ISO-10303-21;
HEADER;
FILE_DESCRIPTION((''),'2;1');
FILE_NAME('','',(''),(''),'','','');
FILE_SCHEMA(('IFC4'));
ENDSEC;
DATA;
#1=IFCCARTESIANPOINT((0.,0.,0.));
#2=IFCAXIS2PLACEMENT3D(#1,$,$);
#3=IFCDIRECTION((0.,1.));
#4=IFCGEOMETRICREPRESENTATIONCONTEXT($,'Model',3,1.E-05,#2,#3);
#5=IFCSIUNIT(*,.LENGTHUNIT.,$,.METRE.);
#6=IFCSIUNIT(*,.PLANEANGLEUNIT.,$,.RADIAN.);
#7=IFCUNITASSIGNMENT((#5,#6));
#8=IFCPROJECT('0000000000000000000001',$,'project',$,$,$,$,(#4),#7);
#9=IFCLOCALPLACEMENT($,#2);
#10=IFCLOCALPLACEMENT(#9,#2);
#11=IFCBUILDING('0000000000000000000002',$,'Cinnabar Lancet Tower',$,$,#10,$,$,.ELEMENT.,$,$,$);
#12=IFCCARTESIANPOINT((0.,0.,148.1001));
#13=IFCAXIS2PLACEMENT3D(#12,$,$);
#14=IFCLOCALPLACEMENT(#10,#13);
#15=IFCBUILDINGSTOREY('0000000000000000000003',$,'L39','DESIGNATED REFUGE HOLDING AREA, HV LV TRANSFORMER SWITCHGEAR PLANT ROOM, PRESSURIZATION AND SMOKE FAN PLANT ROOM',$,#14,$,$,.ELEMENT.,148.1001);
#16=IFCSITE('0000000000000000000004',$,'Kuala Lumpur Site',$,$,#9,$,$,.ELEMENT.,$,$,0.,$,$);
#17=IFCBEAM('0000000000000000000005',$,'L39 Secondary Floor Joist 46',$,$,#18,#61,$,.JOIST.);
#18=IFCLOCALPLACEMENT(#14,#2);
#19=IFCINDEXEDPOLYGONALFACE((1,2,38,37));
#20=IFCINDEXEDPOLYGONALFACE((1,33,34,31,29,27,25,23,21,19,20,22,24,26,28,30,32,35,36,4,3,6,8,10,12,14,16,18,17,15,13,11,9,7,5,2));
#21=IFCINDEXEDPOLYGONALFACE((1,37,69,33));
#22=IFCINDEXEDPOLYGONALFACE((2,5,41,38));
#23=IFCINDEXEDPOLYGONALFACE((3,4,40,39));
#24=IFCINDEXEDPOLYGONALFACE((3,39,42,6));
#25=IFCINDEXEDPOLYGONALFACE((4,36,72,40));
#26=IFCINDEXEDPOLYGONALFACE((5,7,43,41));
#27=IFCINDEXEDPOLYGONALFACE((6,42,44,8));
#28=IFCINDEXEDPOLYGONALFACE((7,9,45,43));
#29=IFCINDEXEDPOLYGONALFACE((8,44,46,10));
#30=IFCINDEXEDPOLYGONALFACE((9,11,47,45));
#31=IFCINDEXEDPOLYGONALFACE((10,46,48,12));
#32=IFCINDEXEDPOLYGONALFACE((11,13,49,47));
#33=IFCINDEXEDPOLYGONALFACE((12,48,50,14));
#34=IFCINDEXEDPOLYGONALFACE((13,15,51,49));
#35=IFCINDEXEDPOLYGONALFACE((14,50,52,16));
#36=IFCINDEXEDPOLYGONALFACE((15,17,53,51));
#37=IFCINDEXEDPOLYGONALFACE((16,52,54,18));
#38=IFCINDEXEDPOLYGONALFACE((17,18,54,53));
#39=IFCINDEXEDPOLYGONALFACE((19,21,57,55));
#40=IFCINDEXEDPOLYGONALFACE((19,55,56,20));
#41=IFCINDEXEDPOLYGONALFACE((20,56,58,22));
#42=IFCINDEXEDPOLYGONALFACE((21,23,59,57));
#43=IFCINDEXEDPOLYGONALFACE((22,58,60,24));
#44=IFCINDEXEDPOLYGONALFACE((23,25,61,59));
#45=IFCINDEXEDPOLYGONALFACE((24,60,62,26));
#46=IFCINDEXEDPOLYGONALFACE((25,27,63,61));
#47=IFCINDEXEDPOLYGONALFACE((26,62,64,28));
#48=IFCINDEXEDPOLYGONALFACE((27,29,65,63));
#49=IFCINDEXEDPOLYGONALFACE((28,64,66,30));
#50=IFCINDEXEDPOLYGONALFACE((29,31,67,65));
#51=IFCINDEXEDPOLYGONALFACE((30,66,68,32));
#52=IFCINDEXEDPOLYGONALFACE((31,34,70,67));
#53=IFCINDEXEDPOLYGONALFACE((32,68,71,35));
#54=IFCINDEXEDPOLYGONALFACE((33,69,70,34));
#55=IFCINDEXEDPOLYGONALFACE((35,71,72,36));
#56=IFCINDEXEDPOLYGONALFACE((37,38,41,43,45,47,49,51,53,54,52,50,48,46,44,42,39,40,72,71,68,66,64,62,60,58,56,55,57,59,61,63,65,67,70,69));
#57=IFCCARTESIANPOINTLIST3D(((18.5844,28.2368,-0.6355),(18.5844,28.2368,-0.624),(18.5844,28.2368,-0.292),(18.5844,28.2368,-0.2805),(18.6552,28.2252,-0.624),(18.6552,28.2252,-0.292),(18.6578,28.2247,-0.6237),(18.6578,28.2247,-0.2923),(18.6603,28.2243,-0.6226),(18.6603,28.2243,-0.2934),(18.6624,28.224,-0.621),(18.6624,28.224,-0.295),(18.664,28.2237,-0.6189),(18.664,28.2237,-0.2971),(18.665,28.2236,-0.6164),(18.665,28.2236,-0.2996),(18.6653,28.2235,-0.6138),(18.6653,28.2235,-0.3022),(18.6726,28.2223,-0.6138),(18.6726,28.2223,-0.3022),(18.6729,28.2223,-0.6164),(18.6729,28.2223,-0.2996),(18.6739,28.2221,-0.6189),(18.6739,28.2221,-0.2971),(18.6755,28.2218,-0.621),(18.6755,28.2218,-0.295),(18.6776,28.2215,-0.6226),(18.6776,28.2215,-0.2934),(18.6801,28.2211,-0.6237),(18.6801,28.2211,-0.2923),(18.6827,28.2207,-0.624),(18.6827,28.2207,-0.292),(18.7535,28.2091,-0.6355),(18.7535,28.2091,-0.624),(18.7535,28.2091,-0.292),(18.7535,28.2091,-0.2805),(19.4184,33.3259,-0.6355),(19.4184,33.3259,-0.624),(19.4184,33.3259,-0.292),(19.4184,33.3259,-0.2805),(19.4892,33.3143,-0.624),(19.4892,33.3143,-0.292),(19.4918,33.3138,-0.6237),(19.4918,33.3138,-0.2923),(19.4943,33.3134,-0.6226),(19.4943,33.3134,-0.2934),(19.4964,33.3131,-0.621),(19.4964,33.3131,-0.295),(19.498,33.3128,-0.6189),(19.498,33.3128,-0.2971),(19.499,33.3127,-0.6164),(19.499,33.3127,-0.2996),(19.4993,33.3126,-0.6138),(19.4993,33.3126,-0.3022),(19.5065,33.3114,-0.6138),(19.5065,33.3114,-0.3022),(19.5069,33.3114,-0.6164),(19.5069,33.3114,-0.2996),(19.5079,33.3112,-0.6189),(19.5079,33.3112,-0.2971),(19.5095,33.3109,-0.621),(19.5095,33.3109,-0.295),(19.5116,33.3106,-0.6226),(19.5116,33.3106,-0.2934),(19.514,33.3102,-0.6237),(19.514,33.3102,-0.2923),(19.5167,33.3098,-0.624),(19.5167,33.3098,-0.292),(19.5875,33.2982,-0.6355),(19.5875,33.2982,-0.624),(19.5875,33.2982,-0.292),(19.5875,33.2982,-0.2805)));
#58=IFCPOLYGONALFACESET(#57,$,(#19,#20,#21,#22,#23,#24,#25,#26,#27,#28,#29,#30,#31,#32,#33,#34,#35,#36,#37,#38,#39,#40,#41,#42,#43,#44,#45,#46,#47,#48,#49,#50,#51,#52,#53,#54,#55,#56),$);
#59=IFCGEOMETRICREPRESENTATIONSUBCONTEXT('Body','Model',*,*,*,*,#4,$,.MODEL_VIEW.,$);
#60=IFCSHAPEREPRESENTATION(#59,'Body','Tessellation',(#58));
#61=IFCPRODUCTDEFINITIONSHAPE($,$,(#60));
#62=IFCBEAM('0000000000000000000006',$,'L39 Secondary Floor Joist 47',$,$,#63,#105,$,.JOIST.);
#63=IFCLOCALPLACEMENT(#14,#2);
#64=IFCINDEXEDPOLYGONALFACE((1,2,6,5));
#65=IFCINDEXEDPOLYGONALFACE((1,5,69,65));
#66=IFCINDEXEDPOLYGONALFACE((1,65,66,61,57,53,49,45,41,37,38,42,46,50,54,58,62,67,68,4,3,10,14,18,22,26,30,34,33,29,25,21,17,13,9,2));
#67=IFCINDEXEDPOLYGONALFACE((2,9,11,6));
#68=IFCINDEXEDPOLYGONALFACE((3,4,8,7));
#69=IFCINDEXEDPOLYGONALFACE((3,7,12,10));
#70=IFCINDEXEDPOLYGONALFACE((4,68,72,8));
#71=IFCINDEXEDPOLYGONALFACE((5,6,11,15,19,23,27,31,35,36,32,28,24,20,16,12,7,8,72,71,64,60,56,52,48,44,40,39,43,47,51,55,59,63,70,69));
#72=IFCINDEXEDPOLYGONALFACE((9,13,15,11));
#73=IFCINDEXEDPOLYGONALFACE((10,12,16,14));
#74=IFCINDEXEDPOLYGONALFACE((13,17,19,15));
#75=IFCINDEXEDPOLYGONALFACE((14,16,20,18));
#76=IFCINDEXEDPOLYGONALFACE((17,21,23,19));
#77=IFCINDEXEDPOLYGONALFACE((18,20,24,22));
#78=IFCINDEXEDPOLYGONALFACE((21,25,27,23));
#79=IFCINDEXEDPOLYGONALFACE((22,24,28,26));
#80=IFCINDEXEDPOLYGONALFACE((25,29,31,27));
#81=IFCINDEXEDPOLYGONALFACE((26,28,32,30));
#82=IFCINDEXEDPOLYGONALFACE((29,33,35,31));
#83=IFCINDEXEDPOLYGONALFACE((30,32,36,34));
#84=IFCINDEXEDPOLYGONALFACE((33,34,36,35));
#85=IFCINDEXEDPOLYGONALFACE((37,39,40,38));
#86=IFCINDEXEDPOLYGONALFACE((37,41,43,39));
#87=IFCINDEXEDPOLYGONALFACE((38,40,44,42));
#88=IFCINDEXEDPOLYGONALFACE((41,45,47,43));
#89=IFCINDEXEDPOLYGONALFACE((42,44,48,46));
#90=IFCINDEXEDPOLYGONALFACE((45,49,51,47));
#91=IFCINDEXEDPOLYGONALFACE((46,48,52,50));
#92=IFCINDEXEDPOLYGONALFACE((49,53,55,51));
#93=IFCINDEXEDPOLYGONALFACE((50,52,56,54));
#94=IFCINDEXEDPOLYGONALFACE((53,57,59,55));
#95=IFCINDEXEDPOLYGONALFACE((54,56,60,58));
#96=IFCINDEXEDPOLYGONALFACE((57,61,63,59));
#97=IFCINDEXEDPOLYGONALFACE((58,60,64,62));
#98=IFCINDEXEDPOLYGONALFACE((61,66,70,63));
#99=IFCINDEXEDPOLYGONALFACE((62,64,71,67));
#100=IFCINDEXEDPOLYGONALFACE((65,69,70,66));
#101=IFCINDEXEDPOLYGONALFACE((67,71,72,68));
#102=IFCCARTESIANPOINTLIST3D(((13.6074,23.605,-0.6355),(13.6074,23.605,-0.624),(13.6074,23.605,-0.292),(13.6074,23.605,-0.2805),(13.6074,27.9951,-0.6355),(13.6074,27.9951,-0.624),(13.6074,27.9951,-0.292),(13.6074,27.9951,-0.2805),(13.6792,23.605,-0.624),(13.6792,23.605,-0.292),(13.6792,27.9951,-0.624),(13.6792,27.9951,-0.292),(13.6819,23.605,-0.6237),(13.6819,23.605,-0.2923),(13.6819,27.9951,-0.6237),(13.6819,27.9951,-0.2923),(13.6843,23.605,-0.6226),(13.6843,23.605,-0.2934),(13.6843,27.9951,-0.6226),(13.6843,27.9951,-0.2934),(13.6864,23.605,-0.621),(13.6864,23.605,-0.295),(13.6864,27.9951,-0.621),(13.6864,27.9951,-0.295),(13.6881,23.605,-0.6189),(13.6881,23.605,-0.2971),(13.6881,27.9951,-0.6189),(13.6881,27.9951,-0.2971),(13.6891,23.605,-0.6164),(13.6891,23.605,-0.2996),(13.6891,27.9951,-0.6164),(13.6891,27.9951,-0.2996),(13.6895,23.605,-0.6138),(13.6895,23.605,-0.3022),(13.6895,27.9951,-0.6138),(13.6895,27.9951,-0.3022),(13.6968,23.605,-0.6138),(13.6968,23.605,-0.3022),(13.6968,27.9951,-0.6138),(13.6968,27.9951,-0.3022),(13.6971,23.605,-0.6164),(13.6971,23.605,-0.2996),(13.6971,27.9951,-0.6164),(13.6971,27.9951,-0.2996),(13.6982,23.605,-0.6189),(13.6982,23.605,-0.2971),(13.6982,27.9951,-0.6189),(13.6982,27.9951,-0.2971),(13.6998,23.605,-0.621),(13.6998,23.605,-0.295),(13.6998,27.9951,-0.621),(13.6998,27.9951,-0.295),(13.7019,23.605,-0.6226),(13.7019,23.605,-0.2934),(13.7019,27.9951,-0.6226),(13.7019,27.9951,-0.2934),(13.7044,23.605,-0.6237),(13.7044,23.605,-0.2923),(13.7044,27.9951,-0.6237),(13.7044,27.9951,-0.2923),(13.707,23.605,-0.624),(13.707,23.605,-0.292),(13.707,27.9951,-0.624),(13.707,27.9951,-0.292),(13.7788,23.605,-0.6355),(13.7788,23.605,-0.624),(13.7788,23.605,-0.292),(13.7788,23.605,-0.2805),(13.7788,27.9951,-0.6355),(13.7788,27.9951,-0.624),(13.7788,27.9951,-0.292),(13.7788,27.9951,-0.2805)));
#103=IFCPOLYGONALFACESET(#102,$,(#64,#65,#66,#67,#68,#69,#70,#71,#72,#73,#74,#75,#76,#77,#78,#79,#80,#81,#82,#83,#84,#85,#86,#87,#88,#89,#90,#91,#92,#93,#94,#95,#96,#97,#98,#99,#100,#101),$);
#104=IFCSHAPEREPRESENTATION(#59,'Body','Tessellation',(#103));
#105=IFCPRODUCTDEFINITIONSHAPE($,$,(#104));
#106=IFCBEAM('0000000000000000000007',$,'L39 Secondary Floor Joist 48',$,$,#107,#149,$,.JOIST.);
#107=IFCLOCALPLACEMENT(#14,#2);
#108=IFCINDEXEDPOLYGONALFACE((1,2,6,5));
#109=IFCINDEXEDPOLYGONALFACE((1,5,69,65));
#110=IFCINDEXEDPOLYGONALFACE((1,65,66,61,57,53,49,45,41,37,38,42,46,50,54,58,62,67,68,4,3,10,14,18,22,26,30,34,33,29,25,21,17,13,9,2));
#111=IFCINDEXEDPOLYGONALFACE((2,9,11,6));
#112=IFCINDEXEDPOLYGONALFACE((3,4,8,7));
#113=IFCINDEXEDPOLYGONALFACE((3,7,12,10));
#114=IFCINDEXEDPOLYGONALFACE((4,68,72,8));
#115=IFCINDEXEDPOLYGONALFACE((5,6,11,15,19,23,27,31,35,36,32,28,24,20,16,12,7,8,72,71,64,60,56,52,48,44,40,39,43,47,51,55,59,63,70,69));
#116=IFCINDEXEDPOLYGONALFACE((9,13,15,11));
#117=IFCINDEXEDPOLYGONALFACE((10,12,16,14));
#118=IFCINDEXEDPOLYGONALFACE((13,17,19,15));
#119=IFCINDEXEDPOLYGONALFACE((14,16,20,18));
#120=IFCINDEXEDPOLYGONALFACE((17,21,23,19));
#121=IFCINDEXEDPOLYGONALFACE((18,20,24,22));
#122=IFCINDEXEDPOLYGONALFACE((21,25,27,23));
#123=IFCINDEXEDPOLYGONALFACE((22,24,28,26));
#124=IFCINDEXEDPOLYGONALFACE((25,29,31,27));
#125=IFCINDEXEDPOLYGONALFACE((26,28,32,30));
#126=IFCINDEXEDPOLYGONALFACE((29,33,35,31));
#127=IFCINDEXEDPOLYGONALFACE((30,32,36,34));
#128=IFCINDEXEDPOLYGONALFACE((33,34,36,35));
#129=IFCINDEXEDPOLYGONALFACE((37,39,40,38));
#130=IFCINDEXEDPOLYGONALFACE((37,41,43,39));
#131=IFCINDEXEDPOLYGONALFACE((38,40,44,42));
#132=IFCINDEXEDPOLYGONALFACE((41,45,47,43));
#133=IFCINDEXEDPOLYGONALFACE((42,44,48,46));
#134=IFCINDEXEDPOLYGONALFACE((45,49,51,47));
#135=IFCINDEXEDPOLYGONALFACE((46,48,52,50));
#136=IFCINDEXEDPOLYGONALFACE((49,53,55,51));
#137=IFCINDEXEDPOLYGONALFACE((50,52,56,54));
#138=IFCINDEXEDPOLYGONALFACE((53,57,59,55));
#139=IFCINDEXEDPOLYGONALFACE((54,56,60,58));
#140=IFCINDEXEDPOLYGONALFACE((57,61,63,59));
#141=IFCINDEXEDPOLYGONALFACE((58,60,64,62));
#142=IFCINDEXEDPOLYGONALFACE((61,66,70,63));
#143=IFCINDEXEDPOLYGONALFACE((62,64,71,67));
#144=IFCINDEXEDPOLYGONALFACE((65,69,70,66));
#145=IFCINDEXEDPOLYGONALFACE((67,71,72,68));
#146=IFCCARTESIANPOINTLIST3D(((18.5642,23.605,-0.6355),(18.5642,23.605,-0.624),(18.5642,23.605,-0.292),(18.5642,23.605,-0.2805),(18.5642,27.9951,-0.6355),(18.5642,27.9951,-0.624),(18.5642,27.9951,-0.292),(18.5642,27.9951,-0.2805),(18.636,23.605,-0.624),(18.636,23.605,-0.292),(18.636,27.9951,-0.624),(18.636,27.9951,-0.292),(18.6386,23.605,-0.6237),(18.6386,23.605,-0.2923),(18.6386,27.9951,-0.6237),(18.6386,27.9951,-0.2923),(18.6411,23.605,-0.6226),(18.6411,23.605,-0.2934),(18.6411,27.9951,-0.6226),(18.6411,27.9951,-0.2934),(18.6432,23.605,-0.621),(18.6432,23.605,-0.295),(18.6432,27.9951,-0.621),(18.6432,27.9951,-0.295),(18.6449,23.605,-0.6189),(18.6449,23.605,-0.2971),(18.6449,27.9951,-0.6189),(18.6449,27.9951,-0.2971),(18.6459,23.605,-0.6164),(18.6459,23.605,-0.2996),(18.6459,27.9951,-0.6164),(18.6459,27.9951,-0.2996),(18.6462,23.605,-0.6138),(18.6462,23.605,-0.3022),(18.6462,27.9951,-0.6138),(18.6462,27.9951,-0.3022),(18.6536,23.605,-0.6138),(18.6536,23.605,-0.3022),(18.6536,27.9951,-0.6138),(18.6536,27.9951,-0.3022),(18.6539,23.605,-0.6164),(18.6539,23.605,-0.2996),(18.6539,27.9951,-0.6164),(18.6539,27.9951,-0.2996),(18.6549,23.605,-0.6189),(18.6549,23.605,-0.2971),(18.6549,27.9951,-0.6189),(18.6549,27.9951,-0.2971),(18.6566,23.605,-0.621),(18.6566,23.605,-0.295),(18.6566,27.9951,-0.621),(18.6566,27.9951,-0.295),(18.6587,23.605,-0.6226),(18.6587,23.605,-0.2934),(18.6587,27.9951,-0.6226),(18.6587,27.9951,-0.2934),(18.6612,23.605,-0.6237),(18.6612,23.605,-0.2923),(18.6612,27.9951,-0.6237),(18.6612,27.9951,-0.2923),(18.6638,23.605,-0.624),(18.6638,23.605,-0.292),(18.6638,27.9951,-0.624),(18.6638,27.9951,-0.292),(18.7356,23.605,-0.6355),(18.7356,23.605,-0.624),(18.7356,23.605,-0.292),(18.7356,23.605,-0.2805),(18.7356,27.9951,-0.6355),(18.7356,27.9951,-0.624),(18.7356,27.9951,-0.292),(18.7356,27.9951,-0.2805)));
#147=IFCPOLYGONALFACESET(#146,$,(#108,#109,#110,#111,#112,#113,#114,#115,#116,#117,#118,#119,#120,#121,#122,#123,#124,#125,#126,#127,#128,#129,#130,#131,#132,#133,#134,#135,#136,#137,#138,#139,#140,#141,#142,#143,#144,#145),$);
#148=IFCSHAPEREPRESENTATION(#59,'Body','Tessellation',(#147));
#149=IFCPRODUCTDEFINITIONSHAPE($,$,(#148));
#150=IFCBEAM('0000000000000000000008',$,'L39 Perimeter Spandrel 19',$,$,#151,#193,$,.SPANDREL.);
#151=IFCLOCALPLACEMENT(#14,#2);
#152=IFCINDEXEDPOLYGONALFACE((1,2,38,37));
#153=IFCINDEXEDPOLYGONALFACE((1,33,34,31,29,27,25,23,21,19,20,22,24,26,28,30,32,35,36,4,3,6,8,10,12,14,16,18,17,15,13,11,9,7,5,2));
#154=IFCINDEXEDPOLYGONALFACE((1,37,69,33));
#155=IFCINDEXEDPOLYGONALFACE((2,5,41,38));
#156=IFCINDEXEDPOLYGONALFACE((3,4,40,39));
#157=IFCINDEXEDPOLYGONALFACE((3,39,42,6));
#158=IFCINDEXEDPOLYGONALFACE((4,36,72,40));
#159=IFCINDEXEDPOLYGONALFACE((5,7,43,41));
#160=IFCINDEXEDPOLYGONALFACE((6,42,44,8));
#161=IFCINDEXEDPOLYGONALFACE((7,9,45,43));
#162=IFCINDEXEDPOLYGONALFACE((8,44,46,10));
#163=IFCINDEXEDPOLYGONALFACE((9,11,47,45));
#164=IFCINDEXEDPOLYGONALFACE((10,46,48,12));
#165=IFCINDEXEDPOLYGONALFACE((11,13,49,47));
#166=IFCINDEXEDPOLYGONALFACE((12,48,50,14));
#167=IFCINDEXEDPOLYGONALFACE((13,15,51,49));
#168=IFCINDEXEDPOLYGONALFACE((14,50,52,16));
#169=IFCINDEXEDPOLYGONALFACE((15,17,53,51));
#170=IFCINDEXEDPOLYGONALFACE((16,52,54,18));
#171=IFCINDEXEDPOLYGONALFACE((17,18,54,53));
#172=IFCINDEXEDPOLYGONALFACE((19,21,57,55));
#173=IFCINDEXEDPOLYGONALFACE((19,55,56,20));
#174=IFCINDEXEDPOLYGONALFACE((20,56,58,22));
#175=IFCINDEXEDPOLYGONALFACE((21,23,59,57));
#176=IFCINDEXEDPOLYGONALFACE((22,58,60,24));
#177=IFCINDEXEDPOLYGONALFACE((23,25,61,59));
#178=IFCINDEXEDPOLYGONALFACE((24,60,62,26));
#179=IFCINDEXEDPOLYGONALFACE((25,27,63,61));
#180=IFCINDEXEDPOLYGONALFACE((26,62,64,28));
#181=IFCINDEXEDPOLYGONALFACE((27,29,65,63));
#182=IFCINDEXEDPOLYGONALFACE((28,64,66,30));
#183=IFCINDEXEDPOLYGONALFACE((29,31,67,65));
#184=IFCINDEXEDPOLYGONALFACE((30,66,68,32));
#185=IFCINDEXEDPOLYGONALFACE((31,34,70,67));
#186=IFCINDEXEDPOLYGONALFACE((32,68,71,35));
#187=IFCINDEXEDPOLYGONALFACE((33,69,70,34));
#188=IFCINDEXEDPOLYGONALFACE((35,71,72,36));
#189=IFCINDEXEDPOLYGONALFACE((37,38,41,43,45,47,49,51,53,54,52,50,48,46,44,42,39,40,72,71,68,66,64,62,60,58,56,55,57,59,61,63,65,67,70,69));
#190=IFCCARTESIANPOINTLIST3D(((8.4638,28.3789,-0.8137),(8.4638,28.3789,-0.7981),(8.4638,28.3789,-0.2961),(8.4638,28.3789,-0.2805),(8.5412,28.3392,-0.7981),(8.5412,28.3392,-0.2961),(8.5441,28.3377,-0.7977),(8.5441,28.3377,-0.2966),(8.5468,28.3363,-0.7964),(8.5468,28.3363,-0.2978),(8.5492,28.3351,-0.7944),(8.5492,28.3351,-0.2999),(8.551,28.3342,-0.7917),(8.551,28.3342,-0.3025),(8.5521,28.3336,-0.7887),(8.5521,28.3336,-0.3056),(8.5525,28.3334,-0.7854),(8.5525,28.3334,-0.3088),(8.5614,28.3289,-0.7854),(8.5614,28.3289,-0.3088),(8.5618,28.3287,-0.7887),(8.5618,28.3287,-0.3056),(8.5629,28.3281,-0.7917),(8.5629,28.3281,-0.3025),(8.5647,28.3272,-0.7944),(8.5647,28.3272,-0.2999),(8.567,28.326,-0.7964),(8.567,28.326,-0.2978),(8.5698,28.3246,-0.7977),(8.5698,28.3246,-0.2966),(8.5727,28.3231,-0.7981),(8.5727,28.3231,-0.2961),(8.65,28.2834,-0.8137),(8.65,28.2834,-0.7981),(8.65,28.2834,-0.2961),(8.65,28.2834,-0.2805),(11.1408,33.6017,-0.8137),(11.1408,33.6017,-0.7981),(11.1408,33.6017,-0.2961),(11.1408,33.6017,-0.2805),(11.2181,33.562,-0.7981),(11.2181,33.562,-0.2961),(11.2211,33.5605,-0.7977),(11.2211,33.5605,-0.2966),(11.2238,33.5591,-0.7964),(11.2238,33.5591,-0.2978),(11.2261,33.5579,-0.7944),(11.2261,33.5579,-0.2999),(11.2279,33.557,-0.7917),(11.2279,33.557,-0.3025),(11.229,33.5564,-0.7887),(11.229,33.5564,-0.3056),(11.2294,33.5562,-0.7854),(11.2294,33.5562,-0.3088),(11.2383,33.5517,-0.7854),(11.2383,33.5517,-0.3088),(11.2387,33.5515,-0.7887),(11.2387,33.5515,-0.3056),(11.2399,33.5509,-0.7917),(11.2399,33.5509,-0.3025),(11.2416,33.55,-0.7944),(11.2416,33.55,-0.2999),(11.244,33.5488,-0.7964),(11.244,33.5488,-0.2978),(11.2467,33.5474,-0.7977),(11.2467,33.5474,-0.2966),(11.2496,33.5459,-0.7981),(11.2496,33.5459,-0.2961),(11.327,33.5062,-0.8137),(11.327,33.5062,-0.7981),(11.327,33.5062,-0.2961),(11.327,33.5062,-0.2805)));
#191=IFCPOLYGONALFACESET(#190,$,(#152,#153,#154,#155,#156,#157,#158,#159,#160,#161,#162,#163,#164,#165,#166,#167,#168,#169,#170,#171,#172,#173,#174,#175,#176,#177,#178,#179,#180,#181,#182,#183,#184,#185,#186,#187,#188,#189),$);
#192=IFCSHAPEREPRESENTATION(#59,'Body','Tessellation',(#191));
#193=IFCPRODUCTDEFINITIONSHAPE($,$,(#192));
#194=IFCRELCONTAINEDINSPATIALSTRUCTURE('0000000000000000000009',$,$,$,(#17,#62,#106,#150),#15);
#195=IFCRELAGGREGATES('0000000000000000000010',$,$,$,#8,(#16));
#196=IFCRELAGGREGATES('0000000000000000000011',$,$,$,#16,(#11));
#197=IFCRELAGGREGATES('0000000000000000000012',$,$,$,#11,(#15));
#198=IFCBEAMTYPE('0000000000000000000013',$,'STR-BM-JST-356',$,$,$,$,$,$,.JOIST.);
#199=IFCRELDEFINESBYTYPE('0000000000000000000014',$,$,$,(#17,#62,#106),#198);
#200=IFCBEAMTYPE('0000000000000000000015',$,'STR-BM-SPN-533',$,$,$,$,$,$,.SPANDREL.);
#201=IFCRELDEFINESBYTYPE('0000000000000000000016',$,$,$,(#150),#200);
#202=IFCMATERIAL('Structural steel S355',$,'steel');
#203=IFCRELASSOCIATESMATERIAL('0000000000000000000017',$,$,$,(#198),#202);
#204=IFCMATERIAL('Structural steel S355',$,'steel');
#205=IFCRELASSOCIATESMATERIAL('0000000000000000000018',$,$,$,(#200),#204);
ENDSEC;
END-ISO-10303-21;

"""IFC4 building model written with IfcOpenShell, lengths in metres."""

from ifc_helpers import new_model, si_unit, direction, frame, origin, origin_2d, place, context, subcontext, project, spatial, i_section, extrude, material, material_profile, profile_set, type_object, element, save


model = new_model("IFC4")

# Units and contexts
model_context = context("Model", 3, precision=1e-05, world=origin(), true_north=direction((0.0, 1.0)))
body_context = subcontext(model_context, "Body", "Model", "MODEL_VIEW")
ifc_project = project(units=[si_unit("LENGTHUNIT", "METRE"), si_unit("PLANEANGLEUNIT", "RADIAN")], contexts=[model_context])

# Site, building, storey
site_placement = place(None, origin())
site = spatial("IfcSite", under=ifc_project, at=site_placement, Name="Kuala Lumpur Site", CompositionType="ELEMENT", RefElevation=0.0)
building_placement = place(site_placement, origin())
building = spatial("IfcBuilding", under=site, at=building_placement, Name="Cinnabar Lancet Tower", CompositionType="ELEMENT")
storey_placement = place(building_placement, frame((0.0, 0.0, 148.1001)))
storey = spatial("IfcBuildingStorey", under=building, at=storey_placement, Name="L39", Description="DESIGNATED REFUGE HOLDING AREA, HV LV TRANSFORMER SWITCHGEAR PLANT ROOM, PRESSURIZATION AND SMOKE FAN PLANT ROOM", CompositionType="ELEMENT", Elevation=148.1001)

# Beams
ifc_material_1 = material(Name="Structural steel S355", Category="steel")
ifc_material_profile_1 = material_profile(ifc_material_1, i_section(OverallWidth=0.1714, OverallDepth=0.355, WebThickness=0.0073, FlangeThickness=0.0115, FilletRadius=0.0103, at=origin_2d()), Name="UKB 356x171x51")
ifc_profile_set_1 = profile_set([ifc_material_profile_1], Name="Structural steel S355")
beam_type_1 = type_object("IfcBeamType", Name="STR-BM-JST-356", PredefinedType="JOIST", material=ifc_profile_set_1)
beam_1_placement = place(storey_placement, frame((19.5029, 33.312, -0.458), z_axis=(-0.161719, -0.986837, 0.0), x_axis=(0.986837, -0.161719, 0.0)))
element("IfcBeam", 1, at=beam_1_placement, inside=storey, type_object=beam_type_1, Name="L39 Secondary Floor Joist 46", PredefinedType="JOIST", context=body_context, shape_type="SweptSolid", body=[
    extrude(i_section(OverallWidth=0.1714, OverallDepth=0.355, WebThickness=0.0073, FlangeThickness=0.0115, FilletRadius=0.0103, at=origin_2d()), origin(), (0.0, 0.0, 1.0), 5.157),
])
for number, where, z_axis, x_axis, name in (
    (2, (13.6931, 27.9951, -0.458), (0.0, -1.0, 0.0), (1.0, 0.0, 0.0), "L39 Secondary Floor Joist 47"),
    (3, (18.6499, 27.9951, -0.458), (0.0, -1.0, 0.0), (1.0, 0.0, 0.0), "L39 Secondary Floor Joist 48"),
):
    element("IfcBeam", number, at=place(storey_placement, frame(where, z_axis=z_axis, x_axis=x_axis)), inside=storey, type_object=beam_type_1, Name=name, PredefinedType="JOIST", context=body_context, shape_type="SweptSolid", body=[
        extrude(i_section(OverallWidth=0.1714, OverallDepth=0.355, WebThickness=0.0073, FlangeThickness=0.0115, FilletRadius=0.0103, at=origin_2d()), origin(), (0.0, 0.0, 1.0), 4.3901),
    ])
ifc_material_2 = material(Name="Structural steel S355", Category="steel")
ifc_material_profile_2 = material_profile(ifc_material_2, i_section(OverallWidth=0.2092, OverallDepth=0.5332, WebThickness=0.01, FlangeThickness=0.0156, FilletRadius=0.0127, at=origin_2d()), Name="UKB 533x210x92")
ifc_profile_set_2 = profile_set([ifc_material_profile_2], Name="Structural steel S355")
beam_type_2 = type_object("IfcBeamType", Name="STR-BM-SPN-533", PredefinedType="SPANDREL", material=ifc_profile_set_2)
beam_2_placement = place(storey_placement, frame((11.2339, 33.554, -0.5471), z_axis=(-0.456127, -0.889915, 0.0), x_axis=(0.889915, -0.456127, 0.0)))
element("IfcBeam", 4, at=beam_2_placement, inside=storey, type_object=beam_type_2, Name="L39 Perimeter Spandrel 19", PredefinedType="SPANDREL", context=body_context, shape_type="SweptSolid", body=[
    extrude(i_section(OverallWidth=0.2092, OverallDepth=0.5332, WebThickness=0.01, FlangeThickness=0.0156, FilletRadius=0.0127, at=origin_2d()), origin(), (0.0, 0.0, 1.0), 5.8689),
])

save(model, "model.ifc")
